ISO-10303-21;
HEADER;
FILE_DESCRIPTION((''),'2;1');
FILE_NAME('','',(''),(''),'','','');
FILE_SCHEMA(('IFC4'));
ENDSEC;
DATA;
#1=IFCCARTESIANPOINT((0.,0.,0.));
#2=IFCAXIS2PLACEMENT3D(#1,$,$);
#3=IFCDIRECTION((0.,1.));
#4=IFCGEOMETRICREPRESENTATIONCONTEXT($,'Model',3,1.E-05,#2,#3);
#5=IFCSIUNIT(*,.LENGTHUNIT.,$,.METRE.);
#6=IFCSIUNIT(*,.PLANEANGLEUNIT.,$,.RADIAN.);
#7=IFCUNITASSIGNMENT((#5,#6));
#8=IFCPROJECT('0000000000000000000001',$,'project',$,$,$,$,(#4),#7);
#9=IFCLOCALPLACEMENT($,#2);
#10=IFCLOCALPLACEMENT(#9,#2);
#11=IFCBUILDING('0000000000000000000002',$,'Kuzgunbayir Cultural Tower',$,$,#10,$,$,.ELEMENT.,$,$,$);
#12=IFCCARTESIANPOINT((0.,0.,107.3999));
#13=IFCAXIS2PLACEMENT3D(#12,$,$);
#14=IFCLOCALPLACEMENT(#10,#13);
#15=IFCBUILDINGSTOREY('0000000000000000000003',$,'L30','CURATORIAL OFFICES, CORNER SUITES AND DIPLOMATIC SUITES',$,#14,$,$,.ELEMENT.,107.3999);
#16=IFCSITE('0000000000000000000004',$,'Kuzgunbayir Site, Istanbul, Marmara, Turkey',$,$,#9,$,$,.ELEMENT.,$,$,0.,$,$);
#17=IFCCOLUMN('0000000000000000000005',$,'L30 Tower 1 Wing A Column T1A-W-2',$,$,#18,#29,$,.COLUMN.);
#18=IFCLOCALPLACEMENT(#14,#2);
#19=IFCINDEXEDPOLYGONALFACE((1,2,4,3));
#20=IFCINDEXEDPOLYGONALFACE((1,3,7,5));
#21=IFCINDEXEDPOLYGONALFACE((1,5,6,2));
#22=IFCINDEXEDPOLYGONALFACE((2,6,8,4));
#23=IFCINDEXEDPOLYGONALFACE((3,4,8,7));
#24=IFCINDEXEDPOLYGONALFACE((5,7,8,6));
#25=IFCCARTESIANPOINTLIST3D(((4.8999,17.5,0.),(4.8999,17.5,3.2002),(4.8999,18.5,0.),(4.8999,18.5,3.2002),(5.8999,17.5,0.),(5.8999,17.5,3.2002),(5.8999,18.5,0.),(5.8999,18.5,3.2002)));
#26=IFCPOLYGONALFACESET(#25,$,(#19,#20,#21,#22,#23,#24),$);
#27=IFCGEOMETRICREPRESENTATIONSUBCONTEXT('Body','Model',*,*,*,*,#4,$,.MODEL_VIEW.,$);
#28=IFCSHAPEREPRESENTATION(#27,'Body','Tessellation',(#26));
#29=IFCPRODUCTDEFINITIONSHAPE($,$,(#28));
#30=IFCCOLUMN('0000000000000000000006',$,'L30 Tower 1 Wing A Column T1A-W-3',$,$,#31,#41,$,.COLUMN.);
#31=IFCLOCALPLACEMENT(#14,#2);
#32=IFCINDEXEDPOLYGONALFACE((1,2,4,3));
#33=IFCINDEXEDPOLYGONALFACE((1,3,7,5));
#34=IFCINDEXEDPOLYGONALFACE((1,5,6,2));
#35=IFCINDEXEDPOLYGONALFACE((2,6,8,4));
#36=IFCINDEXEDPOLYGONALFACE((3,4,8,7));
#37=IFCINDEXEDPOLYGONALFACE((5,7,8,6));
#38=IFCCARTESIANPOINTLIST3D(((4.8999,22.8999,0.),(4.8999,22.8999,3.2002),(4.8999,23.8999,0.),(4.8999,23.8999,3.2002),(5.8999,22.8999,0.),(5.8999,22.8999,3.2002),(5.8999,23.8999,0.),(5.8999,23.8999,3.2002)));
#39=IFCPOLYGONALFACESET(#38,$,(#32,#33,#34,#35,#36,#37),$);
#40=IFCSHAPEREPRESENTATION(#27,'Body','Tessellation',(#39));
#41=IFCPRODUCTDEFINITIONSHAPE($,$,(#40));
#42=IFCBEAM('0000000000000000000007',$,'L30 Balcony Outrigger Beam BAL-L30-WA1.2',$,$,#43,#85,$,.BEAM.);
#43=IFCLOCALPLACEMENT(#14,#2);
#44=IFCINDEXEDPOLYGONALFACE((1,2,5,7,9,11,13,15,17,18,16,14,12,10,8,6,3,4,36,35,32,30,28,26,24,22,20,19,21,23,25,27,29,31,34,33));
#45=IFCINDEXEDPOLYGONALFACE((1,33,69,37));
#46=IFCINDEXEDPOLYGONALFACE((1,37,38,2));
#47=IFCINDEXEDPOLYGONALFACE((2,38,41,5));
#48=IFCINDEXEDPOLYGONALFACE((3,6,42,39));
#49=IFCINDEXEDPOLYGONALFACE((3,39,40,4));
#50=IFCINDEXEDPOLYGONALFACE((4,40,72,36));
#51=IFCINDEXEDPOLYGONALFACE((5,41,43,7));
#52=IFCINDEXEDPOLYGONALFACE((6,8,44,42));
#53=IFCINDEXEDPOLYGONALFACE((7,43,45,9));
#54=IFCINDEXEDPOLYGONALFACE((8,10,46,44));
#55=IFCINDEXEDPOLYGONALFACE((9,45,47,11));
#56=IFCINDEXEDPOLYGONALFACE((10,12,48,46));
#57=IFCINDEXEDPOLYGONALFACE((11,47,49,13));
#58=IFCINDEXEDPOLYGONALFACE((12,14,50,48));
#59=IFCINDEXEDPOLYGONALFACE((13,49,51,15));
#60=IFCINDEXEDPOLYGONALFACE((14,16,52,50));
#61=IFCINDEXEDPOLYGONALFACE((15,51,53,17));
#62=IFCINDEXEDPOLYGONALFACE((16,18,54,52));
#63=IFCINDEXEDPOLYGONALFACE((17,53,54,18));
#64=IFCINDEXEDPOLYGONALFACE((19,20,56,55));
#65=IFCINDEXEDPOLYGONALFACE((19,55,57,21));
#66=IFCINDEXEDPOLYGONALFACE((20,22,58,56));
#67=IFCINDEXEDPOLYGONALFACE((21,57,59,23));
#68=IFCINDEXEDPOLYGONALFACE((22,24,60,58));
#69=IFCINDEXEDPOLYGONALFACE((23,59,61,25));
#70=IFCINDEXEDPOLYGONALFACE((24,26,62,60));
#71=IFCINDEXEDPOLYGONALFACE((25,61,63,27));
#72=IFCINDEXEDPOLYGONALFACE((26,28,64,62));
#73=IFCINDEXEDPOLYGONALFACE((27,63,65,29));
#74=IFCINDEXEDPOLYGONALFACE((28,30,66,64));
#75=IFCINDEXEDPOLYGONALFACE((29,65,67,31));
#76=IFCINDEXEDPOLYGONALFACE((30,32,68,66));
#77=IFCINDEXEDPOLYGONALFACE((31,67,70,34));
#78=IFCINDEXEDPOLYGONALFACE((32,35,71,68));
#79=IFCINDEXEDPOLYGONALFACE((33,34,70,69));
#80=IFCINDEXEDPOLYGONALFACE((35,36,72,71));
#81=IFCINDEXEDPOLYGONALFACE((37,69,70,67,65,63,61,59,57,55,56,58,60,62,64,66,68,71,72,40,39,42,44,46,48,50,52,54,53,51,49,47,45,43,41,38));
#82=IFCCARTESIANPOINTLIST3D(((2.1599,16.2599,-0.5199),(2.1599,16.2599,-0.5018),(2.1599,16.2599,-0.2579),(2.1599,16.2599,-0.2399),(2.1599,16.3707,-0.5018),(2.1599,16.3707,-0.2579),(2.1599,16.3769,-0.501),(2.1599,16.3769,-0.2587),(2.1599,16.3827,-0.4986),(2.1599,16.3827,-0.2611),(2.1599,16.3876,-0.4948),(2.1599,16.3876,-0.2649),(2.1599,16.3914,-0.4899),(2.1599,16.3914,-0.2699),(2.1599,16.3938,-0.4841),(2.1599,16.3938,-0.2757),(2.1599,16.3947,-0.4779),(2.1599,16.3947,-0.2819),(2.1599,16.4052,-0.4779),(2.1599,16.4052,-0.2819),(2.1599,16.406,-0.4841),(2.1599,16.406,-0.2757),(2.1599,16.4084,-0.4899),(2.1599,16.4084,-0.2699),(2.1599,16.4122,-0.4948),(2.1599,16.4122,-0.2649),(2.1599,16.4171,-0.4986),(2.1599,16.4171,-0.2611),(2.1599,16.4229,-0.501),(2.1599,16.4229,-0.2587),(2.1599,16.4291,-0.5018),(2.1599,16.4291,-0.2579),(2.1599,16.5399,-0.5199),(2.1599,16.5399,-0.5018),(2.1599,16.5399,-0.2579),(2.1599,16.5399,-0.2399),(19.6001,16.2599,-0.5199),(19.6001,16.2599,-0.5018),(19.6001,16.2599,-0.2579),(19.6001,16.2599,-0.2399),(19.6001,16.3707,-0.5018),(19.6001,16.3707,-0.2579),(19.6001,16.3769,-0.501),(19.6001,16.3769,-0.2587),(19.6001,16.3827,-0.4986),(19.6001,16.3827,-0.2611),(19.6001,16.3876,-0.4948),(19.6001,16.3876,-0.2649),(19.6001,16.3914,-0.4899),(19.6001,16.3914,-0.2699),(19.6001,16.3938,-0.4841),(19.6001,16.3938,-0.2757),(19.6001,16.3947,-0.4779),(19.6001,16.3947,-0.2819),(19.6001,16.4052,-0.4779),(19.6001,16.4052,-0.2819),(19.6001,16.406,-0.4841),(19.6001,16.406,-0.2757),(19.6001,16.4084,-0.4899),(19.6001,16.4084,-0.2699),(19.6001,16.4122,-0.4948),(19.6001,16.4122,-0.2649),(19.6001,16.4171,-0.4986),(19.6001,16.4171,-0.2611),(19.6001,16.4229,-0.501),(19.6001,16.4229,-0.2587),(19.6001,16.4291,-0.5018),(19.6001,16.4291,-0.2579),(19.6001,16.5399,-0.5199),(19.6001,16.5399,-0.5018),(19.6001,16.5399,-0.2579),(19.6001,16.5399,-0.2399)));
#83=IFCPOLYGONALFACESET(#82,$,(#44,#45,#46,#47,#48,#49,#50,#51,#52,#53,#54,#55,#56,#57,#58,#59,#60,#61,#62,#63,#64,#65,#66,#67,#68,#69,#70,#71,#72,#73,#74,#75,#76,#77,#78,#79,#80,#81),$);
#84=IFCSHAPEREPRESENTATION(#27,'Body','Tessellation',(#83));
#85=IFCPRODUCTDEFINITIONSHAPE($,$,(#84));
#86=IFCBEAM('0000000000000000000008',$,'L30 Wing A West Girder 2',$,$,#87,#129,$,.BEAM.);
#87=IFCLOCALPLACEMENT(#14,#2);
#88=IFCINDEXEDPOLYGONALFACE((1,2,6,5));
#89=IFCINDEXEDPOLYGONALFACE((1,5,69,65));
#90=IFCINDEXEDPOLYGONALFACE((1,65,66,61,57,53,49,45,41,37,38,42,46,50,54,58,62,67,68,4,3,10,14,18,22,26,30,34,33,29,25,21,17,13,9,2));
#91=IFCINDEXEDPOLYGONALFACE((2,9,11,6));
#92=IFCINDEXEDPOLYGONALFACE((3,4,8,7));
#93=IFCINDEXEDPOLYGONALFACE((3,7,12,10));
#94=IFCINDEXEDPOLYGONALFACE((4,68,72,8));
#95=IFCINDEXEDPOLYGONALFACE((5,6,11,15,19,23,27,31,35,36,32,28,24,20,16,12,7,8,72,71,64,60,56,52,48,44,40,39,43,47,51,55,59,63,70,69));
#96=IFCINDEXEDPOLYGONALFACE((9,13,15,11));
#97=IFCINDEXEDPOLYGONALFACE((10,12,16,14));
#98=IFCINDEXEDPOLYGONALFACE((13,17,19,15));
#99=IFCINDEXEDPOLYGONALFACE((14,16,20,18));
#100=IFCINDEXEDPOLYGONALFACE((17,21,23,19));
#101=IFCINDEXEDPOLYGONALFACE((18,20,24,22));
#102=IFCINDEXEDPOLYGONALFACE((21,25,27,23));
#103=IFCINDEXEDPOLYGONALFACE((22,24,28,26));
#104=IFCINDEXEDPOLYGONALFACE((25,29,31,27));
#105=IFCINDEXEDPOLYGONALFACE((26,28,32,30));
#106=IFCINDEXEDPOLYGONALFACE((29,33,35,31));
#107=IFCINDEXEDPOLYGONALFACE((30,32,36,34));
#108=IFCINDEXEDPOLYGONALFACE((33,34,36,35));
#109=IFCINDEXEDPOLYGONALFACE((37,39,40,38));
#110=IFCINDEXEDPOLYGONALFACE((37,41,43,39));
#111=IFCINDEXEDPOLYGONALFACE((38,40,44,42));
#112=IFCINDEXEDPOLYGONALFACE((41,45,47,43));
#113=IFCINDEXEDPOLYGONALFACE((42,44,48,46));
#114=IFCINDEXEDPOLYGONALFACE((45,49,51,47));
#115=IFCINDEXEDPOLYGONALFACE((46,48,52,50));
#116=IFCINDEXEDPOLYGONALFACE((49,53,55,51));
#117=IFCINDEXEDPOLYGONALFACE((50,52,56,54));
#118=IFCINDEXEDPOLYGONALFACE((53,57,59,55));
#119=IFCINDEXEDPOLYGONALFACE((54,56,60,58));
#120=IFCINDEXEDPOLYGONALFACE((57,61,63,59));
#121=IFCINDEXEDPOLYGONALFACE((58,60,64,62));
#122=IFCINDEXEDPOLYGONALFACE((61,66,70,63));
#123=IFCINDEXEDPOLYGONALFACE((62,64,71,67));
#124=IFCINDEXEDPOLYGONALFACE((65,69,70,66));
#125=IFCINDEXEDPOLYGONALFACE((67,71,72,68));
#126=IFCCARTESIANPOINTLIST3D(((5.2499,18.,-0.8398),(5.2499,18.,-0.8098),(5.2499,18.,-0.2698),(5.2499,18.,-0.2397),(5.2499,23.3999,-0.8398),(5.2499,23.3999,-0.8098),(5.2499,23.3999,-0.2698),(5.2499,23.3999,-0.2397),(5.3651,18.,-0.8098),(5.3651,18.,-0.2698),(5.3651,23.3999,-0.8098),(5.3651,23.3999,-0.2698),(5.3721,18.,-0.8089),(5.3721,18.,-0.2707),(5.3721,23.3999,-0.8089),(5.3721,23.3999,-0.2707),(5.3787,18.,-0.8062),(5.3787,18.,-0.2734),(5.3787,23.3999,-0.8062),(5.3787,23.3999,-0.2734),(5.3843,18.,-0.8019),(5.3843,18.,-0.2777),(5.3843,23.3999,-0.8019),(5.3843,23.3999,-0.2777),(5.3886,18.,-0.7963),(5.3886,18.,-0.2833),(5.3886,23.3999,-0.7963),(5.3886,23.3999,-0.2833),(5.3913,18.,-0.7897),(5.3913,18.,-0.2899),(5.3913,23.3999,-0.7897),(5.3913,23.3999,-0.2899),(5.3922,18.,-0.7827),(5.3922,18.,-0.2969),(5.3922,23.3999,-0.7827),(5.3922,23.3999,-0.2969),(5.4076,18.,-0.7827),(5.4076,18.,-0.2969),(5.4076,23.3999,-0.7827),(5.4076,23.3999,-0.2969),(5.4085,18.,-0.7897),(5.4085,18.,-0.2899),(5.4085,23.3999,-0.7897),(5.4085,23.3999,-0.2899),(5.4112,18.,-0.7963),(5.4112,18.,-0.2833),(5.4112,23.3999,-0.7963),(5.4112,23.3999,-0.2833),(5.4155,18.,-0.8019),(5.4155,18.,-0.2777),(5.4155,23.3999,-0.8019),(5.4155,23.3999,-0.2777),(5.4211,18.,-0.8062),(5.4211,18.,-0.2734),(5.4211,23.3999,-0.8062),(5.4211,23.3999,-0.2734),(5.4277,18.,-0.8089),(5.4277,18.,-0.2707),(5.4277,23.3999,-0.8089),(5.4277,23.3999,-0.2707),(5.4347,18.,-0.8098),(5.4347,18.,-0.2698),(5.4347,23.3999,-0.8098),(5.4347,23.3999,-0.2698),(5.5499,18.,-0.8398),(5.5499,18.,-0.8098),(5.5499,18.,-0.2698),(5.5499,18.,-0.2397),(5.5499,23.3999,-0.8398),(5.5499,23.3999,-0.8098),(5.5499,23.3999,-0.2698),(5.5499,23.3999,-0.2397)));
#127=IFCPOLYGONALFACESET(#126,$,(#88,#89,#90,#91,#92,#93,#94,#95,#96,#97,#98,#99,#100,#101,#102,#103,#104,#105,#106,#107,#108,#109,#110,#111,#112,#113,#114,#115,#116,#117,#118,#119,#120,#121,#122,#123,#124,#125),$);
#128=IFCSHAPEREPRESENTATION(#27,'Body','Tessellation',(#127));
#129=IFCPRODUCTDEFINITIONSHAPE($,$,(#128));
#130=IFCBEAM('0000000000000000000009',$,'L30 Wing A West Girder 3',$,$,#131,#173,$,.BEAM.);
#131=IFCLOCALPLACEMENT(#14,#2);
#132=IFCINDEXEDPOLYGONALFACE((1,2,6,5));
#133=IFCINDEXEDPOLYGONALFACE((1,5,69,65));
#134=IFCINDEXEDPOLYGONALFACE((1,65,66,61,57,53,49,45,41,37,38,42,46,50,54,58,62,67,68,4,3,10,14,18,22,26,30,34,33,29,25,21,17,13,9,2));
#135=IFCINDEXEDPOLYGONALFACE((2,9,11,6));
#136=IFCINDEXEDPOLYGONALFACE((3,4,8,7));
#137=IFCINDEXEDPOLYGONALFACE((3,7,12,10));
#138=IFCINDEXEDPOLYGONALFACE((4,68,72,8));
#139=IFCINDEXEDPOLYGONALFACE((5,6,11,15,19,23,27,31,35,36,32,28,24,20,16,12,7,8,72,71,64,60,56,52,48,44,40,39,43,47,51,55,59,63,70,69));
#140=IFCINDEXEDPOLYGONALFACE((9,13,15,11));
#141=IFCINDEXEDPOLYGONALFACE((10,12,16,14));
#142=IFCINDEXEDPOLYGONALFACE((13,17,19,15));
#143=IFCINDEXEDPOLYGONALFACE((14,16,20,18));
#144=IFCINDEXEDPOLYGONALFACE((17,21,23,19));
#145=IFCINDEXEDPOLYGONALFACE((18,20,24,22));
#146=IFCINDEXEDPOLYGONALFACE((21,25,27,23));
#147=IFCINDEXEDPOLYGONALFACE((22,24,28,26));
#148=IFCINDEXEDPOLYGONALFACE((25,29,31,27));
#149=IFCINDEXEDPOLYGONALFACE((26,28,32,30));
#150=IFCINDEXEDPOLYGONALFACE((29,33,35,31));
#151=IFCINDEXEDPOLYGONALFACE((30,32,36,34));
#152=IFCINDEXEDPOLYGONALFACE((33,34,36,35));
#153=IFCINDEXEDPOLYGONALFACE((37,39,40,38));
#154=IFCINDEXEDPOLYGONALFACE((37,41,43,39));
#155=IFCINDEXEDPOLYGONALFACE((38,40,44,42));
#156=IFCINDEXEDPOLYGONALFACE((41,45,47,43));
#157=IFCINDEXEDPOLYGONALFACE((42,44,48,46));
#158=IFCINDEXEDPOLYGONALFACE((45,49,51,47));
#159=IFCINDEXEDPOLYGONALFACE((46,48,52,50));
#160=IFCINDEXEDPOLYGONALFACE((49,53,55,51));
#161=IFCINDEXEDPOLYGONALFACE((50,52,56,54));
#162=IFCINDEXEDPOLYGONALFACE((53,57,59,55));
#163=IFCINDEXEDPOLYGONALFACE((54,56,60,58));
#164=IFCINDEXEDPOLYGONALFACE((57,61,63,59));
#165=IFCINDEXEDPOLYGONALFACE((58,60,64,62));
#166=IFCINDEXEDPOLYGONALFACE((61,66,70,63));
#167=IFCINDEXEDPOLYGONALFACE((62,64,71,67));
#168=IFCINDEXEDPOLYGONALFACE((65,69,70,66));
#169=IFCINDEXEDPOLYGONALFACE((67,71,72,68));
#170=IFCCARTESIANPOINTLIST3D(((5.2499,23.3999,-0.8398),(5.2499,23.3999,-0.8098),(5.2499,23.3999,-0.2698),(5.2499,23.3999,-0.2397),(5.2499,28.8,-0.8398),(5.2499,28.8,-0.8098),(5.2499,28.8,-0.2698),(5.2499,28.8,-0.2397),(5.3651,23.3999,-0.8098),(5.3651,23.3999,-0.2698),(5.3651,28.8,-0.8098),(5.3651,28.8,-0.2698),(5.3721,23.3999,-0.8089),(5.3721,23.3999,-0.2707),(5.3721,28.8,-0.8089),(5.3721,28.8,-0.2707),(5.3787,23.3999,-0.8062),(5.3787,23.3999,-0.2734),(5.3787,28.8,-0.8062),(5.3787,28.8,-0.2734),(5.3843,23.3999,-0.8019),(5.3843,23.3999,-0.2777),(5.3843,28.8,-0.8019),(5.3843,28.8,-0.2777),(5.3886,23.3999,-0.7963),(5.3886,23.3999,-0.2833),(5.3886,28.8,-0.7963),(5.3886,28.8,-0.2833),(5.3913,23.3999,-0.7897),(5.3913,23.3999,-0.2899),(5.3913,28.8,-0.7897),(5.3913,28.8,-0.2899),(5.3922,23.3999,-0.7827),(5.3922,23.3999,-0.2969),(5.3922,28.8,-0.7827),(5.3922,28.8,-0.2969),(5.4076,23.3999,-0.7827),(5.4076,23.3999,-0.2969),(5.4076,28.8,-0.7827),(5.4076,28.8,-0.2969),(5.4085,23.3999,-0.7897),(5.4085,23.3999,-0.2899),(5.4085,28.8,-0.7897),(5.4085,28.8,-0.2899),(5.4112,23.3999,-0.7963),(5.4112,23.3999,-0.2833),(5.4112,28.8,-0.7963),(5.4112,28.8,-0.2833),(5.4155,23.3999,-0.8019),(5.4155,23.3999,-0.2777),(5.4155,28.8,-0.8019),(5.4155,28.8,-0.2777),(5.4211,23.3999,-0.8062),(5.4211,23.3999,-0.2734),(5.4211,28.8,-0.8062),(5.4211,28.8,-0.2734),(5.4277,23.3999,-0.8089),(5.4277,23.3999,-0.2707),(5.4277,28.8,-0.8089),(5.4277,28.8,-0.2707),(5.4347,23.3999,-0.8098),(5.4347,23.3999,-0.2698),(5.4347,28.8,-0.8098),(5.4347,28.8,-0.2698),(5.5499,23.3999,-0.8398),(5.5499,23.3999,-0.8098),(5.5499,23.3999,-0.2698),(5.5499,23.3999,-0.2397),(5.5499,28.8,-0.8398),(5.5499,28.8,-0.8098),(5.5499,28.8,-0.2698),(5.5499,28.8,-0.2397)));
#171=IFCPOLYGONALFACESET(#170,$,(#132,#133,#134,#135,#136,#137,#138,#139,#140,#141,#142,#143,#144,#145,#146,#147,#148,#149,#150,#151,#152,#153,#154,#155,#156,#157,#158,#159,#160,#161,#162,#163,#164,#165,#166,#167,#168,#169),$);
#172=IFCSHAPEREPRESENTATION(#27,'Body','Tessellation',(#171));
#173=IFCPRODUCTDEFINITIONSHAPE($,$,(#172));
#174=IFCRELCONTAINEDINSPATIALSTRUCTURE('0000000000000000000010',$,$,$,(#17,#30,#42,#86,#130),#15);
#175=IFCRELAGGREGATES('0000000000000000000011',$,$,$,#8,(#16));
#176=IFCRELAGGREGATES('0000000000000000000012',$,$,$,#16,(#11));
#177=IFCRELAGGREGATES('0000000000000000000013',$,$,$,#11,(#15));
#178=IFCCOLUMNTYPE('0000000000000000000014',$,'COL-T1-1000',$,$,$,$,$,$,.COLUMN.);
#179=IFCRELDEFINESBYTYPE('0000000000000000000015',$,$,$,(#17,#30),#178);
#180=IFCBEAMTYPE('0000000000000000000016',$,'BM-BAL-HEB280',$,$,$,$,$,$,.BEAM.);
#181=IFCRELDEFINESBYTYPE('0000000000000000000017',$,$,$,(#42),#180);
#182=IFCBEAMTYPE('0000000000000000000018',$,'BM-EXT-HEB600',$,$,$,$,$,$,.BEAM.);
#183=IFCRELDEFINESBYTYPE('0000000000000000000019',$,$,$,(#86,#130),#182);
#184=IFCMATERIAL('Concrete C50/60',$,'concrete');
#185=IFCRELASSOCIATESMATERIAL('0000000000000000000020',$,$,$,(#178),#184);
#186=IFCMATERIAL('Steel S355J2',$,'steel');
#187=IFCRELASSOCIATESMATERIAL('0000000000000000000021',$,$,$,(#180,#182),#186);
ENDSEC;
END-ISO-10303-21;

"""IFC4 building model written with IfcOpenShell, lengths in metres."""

from ifc_helpers import new_model, si_unit, direction, frame, origin, origin_2d, place, context, subcontext, project, spatial, rectangle, i_section, extrude, material, material_profile, profile_set, type_object, element, save


model = new_model("IFC4")

# Units and contexts
model_context = context("Model", 3, precision=1e-05, world=origin(), true_north=direction((0.0, 1.0)))
body_context = subcontext(model_context, "Body", "Model", "MODEL_VIEW")
ifc_project = project(units=[si_unit("LENGTHUNIT", "METRE"), si_unit("PLANEANGLEUNIT", "RADIAN")], contexts=[model_context])

# Site, building, storey
site_placement = place(None, origin())
site = spatial("IfcSite", under=ifc_project, at=site_placement, Name="Kuzgunbayir Site, Istanbul, Marmara, Turkey", CompositionType="ELEMENT", RefElevation=0.0)
building_placement = place(site_placement, origin())
building = spatial("IfcBuilding", under=site, at=building_placement, Name="Kuzgunbayir Cultural Tower", CompositionType="ELEMENT")
storey_placement = place(building_placement, frame((0.0, 0.0, 107.3999)))
storey = spatial("IfcBuildingStorey", under=building, at=storey_placement, Name="L30", Description="CURATORIAL OFFICES, CORNER SUITES AND DIPLOMATIC SUITES", CompositionType="ELEMENT", Elevation=107.3999)

# Columns
ifc_material_1 = material(Name="Concrete C50/60", Category="concrete")
ifc_material_profile_1 = material_profile(ifc_material_1, rectangle(XDim=1.0, YDim=1.0, at=origin_2d()), Name="RC 1000x1000")
ifc_profile_set_1 = profile_set([ifc_material_profile_1], Name="Concrete C50/60")
column_type = type_object("IfcColumnType", Name="COL-T1-1000", PredefinedType="COLUMN", material=ifc_profile_set_1)
for number, where, z_axis, x_axis, name in (
    (1, (5.3999, 18.0, 0.0), (0.0, 0.0, 1.0), (1.0, 0.0, 0.0), "L30 Tower 1 Wing A Column T1A-W-2"),
    (2, (5.3999, 23.3999, 0.0), (0.0, 0.0, 1.0), (1.0, 0.0, 0.0), "L30 Tower 1 Wing A Column T1A-W-3"),
):
    element("IfcColumn", number, at=place(storey_placement, frame(where, z_axis=z_axis, x_axis=x_axis)), inside=storey, type_object=column_type, Name=name, PredefinedType="COLUMN", context=body_context, shape_type="SweptSolid", body=[
        extrude(rectangle(XDim=1.0, YDim=1.0, at=origin_2d()), origin(), (0.0, 0.0, 1.0), 3.2002),
    ])

# Beams
ifc_material_2 = material(Name="Steel S355J2", Category="steel")
ifc_material_profile_2 = material_profile(ifc_material_2, i_section(OverallWidth=0.28, OverallDepth=0.28, WebThickness=0.0105, FlangeThickness=0.0181, FilletRadius=0.0239, at=origin_2d()), Name="HEB 280")
ifc_profile_set_2 = profile_set([ifc_material_profile_2], Name="Steel S355J2")
beam_type_1 = type_object("IfcBeamType", Name="BM-BAL-HEB280", PredefinedType="BEAM", material=ifc_profile_set_2)
beam_1_placement = place(storey_placement, frame((2.1599, 16.3999, -0.3799), z_axis=(1.0, 0.0, 0.0), x_axis=(0.0, 1.0, 0.0)))
element("IfcBeam", 3, at=beam_1_placement, inside=storey, type_object=beam_type_1, Name="L30 Balcony Outrigger Beam BAL-L30-WA1.2", PredefinedType="BEAM", context=body_context, shape_type="SweptSolid", body=[
    extrude(i_section(OverallWidth=0.28, OverallDepth=0.28, WebThickness=0.0105, FlangeThickness=0.0181, FilletRadius=0.0239, at=origin_2d()), origin(), (0.0, 0.0, 1.0), 17.4402),
])
ifc_material_profile_3 = material_profile(ifc_material_2, i_section(OverallWidth=0.3, OverallDepth=0.6001, WebThickness=0.0154, FlangeThickness=0.03, FilletRadius=0.0271, at=origin_2d()), Name="HEB 600")
ifc_profile_set_3 = profile_set([ifc_material_profile_3], Name="Steel S355J2")
beam_type_2 = type_object("IfcBeamType", Name="BM-EXT-HEB600", PredefinedType="BEAM", material=ifc_profile_set_3)
beam_2_placement = place(storey_placement, frame((5.3999, 18.0, -0.5398), z_axis=(0.0, 1.0, 0.0), x_axis=(-1.0, 0.0, 0.0)))
element("IfcBeam", 4, at=beam_2_placement, inside=storey, type_object=beam_type_2, Name="L30 Wing A West Girder 2", PredefinedType="BEAM", context=body_context, shape_type="SweptSolid", body=[
    extrude(i_section(OverallWidth=0.3, OverallDepth=0.6001, WebThickness=0.0154, FlangeThickness=0.03, FilletRadius=0.0271, at=origin_2d()), origin(), (0.0, 0.0, 1.0), 5.3999),
])
beam_3_placement = place(storey_placement, frame((5.3999, 23.3999, -0.5398), z_axis=(0.0, 1.0, 0.0), x_axis=(-1.0, 0.0, 0.0)))
element("IfcBeam", 5, at=beam_3_placement, inside=storey, type_object=beam_type_2, Name="L30 Wing A West Girder 3", PredefinedType="BEAM", context=body_context, shape_type="SweptSolid", body=[
    extrude(i_section(OverallWidth=0.3, OverallDepth=0.6001, WebThickness=0.0154, FlangeThickness=0.03, FilletRadius=0.0271, at=origin_2d()), origin(), (0.0, 0.0, 1.0), 5.4001),
])

save(model, "model.ifc")
